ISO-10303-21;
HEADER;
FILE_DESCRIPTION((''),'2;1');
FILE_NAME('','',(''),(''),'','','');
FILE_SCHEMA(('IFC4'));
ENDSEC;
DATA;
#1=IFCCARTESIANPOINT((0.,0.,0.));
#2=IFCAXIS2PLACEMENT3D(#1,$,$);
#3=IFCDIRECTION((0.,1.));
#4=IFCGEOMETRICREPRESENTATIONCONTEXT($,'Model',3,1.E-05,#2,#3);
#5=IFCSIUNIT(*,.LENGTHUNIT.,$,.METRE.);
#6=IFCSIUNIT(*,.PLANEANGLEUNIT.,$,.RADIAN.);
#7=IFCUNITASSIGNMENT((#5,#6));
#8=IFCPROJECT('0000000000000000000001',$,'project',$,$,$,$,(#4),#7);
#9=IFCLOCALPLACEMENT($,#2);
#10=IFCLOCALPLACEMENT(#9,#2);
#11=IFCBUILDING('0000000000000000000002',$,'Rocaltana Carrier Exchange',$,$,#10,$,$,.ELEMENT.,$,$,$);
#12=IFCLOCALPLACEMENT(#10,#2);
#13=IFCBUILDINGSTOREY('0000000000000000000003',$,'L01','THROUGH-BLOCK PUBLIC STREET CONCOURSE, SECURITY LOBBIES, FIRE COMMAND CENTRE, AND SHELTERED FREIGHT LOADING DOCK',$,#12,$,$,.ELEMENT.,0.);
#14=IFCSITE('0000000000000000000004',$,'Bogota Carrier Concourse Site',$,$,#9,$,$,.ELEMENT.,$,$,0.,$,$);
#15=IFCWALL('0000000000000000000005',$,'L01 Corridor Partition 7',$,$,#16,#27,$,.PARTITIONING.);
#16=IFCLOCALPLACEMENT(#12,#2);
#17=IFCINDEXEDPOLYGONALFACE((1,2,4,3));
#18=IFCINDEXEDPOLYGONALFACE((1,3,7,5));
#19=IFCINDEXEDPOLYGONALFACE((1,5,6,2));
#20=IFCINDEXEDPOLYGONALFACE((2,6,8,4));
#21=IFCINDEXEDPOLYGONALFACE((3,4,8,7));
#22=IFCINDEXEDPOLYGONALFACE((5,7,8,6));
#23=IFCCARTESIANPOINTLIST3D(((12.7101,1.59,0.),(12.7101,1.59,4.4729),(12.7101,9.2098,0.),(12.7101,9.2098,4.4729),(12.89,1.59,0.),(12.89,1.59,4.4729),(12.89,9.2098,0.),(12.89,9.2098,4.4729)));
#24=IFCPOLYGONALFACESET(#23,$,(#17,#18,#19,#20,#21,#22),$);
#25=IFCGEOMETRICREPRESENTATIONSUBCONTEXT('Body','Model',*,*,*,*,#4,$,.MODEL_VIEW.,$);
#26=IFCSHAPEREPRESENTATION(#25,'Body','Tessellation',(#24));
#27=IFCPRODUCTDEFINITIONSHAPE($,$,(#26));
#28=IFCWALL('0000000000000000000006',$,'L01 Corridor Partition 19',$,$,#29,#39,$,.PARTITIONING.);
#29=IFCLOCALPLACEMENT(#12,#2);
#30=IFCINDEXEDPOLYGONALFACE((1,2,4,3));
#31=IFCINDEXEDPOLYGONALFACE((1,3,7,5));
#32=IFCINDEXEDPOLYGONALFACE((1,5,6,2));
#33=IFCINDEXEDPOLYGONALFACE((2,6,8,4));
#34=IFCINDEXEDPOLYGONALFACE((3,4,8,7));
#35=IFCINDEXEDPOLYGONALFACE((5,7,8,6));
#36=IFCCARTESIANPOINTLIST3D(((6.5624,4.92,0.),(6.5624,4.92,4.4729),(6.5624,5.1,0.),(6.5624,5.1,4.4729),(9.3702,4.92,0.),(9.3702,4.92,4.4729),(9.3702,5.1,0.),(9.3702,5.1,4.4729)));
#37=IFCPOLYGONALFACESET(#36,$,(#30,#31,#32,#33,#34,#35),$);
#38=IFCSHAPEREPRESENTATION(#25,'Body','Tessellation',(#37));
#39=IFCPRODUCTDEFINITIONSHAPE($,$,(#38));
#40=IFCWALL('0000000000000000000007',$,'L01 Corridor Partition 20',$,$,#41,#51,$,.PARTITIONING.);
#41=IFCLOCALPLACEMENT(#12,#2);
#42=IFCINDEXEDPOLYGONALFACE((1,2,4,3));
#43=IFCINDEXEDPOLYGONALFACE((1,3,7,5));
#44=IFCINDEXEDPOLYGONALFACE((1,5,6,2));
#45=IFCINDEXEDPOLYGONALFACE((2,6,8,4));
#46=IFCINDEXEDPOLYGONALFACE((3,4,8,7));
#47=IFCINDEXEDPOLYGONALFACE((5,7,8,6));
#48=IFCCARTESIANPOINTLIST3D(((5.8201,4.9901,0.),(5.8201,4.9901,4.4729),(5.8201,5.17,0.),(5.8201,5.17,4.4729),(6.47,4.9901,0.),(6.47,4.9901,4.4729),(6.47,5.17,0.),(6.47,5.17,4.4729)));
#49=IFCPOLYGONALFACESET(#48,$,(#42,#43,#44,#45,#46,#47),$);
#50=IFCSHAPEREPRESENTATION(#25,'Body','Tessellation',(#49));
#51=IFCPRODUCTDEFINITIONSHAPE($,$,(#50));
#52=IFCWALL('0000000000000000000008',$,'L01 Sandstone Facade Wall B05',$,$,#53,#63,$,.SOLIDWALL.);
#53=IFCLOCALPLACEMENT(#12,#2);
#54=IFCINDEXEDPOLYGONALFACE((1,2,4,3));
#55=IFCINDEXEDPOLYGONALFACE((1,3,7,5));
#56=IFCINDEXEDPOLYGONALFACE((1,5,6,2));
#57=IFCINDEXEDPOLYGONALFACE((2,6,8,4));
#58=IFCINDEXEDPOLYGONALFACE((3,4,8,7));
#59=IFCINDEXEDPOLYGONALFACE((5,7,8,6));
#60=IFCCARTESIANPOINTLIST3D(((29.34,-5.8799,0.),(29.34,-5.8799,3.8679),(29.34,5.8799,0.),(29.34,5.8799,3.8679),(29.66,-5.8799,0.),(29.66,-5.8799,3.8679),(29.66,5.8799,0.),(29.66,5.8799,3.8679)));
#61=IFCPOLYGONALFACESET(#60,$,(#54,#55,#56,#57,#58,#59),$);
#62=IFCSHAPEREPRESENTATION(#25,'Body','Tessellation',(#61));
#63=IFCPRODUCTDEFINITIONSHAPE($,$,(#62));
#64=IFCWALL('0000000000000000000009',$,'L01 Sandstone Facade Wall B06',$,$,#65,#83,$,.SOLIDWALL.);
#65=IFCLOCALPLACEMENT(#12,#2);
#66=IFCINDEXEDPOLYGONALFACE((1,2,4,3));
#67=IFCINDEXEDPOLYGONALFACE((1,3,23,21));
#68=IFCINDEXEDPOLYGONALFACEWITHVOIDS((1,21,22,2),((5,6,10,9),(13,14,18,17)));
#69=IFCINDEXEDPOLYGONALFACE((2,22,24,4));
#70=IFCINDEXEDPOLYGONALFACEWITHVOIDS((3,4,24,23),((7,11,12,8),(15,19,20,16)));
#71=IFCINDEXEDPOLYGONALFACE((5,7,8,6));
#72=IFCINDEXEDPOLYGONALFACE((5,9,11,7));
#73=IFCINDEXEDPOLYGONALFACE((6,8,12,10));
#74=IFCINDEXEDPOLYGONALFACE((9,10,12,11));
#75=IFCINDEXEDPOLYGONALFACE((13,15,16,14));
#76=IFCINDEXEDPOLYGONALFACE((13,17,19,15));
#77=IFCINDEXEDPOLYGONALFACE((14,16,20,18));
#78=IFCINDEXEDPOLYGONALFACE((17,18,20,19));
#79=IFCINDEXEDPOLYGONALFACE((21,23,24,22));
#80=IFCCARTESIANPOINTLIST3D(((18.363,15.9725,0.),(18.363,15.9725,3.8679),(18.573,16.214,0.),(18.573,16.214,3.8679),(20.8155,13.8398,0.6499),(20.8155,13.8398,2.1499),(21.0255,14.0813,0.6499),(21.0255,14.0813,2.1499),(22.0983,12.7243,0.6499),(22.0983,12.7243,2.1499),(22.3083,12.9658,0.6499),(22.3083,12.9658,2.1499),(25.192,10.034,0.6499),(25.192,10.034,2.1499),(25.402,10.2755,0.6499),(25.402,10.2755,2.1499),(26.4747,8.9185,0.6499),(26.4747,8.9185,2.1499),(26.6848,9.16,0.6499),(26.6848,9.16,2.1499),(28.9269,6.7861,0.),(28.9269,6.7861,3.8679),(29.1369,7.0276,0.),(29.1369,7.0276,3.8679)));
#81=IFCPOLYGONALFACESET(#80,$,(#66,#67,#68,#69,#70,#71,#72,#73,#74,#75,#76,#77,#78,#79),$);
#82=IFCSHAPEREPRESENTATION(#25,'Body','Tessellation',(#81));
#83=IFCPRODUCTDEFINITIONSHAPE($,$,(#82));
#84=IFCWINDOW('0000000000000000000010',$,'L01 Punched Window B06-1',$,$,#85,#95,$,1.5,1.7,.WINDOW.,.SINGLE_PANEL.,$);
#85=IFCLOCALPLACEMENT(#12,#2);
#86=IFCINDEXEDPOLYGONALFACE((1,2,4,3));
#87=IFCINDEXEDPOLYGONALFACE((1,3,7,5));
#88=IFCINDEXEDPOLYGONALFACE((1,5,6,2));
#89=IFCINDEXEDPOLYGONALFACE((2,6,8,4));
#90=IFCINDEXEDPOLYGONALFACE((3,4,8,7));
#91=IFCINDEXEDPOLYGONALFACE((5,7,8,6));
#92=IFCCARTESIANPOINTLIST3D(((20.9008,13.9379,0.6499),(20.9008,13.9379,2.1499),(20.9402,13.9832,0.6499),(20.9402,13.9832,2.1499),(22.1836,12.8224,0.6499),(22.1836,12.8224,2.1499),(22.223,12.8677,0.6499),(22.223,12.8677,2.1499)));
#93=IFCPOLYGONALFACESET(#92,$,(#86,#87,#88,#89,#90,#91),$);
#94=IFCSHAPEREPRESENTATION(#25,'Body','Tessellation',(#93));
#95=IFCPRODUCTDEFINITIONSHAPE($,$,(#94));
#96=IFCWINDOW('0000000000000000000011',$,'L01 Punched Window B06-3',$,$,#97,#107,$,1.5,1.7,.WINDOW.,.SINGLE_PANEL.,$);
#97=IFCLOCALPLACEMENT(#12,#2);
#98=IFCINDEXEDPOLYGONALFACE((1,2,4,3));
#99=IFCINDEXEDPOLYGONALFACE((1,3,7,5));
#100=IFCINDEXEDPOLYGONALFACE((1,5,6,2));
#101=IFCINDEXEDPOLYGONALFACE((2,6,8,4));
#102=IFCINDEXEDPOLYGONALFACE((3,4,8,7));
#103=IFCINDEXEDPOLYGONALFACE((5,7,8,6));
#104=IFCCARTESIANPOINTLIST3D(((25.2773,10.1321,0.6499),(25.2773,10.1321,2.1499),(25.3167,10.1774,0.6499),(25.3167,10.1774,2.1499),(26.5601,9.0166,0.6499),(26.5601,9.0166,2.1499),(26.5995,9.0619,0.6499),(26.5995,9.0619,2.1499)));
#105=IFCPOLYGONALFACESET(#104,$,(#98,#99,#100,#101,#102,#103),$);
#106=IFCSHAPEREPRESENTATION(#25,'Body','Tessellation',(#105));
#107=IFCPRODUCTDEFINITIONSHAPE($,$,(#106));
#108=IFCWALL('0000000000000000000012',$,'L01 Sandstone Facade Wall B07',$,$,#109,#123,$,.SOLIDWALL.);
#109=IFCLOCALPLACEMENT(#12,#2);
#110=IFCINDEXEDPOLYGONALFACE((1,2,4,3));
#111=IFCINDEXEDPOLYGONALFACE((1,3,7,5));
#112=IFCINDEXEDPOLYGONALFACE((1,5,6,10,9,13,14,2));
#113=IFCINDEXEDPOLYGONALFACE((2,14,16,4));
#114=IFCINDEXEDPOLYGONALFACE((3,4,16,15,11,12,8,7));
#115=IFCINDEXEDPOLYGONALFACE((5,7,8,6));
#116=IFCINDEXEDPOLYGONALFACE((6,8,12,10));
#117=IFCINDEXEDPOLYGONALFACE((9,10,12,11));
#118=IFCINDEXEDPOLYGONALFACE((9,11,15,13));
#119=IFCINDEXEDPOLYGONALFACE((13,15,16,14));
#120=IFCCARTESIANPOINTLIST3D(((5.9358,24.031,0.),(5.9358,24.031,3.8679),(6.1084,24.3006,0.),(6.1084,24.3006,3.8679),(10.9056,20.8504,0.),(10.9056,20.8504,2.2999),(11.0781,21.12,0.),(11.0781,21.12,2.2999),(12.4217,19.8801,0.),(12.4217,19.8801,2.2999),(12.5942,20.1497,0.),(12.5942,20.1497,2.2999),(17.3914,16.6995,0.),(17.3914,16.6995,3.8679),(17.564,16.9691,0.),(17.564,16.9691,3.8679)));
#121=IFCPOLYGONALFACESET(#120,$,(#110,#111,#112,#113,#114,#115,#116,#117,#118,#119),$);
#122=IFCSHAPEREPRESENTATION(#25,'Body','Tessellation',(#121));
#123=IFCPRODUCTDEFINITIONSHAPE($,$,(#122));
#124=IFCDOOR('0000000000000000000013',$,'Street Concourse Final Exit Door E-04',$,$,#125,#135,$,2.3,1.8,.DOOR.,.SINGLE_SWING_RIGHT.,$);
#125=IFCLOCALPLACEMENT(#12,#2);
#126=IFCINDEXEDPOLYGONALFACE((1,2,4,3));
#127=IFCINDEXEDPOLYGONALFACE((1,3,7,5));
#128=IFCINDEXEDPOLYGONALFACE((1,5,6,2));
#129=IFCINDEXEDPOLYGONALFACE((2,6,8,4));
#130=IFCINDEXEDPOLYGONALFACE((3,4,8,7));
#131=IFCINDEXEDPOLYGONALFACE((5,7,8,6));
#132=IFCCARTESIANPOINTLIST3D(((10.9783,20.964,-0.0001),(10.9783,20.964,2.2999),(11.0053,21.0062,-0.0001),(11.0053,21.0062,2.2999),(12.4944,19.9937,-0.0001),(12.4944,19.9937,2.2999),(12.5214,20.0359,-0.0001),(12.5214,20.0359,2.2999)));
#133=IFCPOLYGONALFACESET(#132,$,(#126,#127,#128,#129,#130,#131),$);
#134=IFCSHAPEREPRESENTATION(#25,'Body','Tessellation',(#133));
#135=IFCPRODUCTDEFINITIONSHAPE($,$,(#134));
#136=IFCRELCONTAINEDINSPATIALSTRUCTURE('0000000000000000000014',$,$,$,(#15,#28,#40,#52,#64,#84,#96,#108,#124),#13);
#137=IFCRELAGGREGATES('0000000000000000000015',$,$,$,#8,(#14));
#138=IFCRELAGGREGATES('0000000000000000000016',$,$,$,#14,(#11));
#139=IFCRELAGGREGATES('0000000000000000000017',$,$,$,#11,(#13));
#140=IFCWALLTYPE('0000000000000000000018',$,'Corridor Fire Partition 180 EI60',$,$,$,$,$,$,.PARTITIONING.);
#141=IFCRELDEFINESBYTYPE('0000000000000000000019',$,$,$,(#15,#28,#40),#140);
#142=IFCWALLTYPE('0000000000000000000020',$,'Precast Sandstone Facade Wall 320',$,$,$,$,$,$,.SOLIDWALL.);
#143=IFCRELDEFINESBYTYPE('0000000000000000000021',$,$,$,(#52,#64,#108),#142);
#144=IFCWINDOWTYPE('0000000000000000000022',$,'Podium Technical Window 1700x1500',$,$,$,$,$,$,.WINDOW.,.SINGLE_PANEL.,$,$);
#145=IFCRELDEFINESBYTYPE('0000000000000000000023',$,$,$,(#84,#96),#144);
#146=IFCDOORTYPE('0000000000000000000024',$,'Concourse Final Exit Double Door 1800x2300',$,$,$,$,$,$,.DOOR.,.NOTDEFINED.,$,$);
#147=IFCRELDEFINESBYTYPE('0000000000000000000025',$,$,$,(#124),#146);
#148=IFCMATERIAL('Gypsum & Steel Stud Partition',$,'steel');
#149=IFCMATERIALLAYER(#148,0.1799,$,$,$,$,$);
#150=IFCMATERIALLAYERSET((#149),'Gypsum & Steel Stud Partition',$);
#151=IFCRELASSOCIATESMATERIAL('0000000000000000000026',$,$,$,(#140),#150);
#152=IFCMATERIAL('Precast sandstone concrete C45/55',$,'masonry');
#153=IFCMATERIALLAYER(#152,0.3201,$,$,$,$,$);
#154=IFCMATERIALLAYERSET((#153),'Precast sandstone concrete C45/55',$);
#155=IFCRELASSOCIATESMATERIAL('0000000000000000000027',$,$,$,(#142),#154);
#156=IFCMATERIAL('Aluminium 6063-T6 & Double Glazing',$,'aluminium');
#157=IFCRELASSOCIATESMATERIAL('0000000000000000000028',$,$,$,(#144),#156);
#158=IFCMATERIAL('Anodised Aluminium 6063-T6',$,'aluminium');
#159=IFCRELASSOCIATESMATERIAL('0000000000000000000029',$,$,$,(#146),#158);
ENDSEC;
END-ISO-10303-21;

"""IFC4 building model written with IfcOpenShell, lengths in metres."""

from ifc_helpers import new_model, si_unit, direction, frame, frame_2d, origin, place, context, subcontext, project, spatial, rectangle, extrude, material, layer, layer_set, type_object, element, fill, save


model = new_model("IFC4")

# Units and contexts
model_context = context("Model", 3, precision=1e-05, world=origin(), true_north=direction((0.0, 1.0)))
body_context = subcontext(model_context, "Body", "Model", "MODEL_VIEW")
ifc_project = project(units=[si_unit("LENGTHUNIT", "METRE"), si_unit("PLANEANGLEUNIT", "RADIAN")], contexts=[model_context])

# Site, building, storey
site_placement = place(None, origin())
site = spatial("IfcSite", under=ifc_project, at=site_placement, Name="Bogota Carrier Concourse Site", CompositionType="ELEMENT", RefElevation=0.0)
building_placement = place(site_placement, origin())
building = spatial("IfcBuilding", under=site, at=building_placement, Name="Rocaltana Carrier Exchange", CompositionType="ELEMENT")
storey_placement = place(building_placement, origin())
storey = spatial("IfcBuildingStorey", under=building, at=storey_placement, Name="L01", Description="THROUGH-BLOCK PUBLIC STREET CONCOURSE, SECURITY LOBBIES, FIRE COMMAND CENTRE, AND SHELTERED FREIGHT LOADING DOCK", CompositionType="ELEMENT", Elevation=0.0)

# Walls
ifc_material_1 = material(Name="Gypsum & Steel Stud Partition", Category="steel")
ifc_layer_1 = layer(ifc_material_1, 0.1799)
ifc_layer_set_1 = layer_set([ifc_layer_1], Name="Gypsum & Steel Stud Partition")
wall_type_1 = type_object("IfcWallType", Name="Corridor Fire Partition 180 EI60", PredefinedType="PARTITIONING", material=ifc_layer_set_1)
wall_1_placement = place(storey_placement, frame((12.8, 9.21, 0.0), z_axis=(0.0, 0.0, 1.0), x_axis=(0.0, -1.0, 0.0)))
element("IfcWall", 1, at=wall_1_placement, inside=storey, type_object=wall_type_1, Name="L01 Corridor Partition 7", PredefinedType="PARTITIONING", context=body_context, shape_type="SweptSolid", body=[
    extrude(rectangle(XDim=7.6199, YDim=0.1799, at=frame_2d((3.8101, 0.0))), origin(), (0.0, 0.0, 1.0), 4.4729),
])
wall_2_placement = place(storey_placement, frame((9.3701, 5.01, 0.0), z_axis=(0.0, 0.0, 1.0), x_axis=(-1.0, 0.0, 0.0)))
element("IfcWall", 2, at=wall_2_placement, inside=storey, type_object=wall_type_1, Name="L01 Corridor Partition 19", PredefinedType="PARTITIONING", context=body_context, shape_type="SweptSolid", body=[
    extrude(rectangle(XDim=2.8079, YDim=0.1799, at=frame_2d((1.4038, 0.0))), origin(), (0.0, 0.0, 1.0), 4.4729),
])
wall_3_placement = place(storey_placement, frame((6.47, 5.0801, 0.0), z_axis=(0.0, 0.0, 1.0), x_axis=(-1.0, 0.0, 0.0)))
element("IfcWall", 3, at=wall_3_placement, inside=storey, type_object=wall_type_1, Name="L01 Corridor Partition 20", PredefinedType="PARTITIONING", context=body_context, shape_type="SweptSolid", body=[
    extrude(rectangle(XDim=0.6499, YDim=0.1799, at=frame_2d((0.325, 0.0))), origin(), (0.0, 0.0, 1.0), 4.4729),
])
ifc_material_2 = material(Name="Precast sandstone concrete C45/55", Category="masonry")
ifc_layer_2 = layer(ifc_material_2, 0.3201)
ifc_layer_set_2 = layer_set([ifc_layer_2], Name="Precast sandstone concrete C45/55")
wall_type_2 = type_object("IfcWallType", Name="Precast Sandstone Facade Wall 320", PredefinedType="SOLIDWALL", material=ifc_layer_set_2)
wall_4_placement = place(storey_placement, frame((29.5, 5.8799, 0.0), z_axis=(0.0, 0.0, 1.0), x_axis=(0.0, -1.0, 0.0)))
element("IfcWall", 4, at=wall_4_placement, inside=storey, type_object=wall_type_2, Name="L01 Sandstone Facade Wall B05", PredefinedType="SOLIDWALL", context=body_context, shape_type="SweptSolid", body=[
    extrude(rectangle(XDim=11.7598, YDim=0.3201, at=frame_2d((5.8799, 0.0))), origin(), (0.0, 0.0, 1.0), 3.8679),
])

# Wall, openings, windows
wall_5_placement = place(storey_placement, frame((18.468, 16.0933, 0.0), z_axis=(0.0, 0.0, 1.0), x_axis=(0.754589, -0.656198, 0.0)))
wall_5 = element("IfcWall", 5, at=wall_5_placement, inside=storey, type_object=wall_type_2, Name="L01 Sandstone Facade Wall B06", PredefinedType="SOLIDWALL", context=body_context, shape_type="SweptSolid", body=[
    extrude(rectangle(XDim=13.9995, YDim=0.3201, at=frame_2d((6.9998, 0.0))), origin(), (0.0, 0.0, 1.0), 3.8679),
])
opening_1_placement = place(wall_5_placement, frame((3.25, 0.0, 0.6499)))
opening_1 = element("IfcOpeningElement", 6, at=opening_1_placement, cuts=wall_5, PredefinedType="OPENING", context=body_context, shape_type="SweptSolid", body=[
    extrude(rectangle(XDim=1.7, YDim=1.5, at=frame_2d((0.8501, 0.75))), frame((0.0, 0.1699, 0.0), z_axis=(0.0, -1.0, 0.0), x_axis=(1.0, 0.0, 0.0)), (0.0, 0.0, 1.0), 0.3401),
])
opening_2_placement = place(wall_5_placement, frame((9.0498, 0.0, 0.6499)))
opening_2 = element("IfcOpeningElement", 7, at=opening_2_placement, cuts=wall_5, PredefinedType="OPENING", context=body_context, shape_type="SweptSolid", body=[
    extrude(rectangle(XDim=1.7, YDim=1.5, at=frame_2d((0.8501, 0.75))), frame((0.0, 0.1699, 0.0), z_axis=(0.0, -1.0, 0.0), x_axis=(1.0, 0.0, 0.0)), (0.0, 0.0, 1.0), 0.3401),
])
ifc_material_3 = material(Name="Aluminium 6063-T6 & Double Glazing", Category="aluminium")
window_type = type_object("IfcWindowType", Name="Podium Technical Window 1700x1500", PartitioningType="SINGLE_PANEL", PredefinedType="WINDOW", material=ifc_material_3)
window_1_placement = place(opening_1_placement, origin())
window_1 = element("IfcWindow", 8, at=window_1_placement, inside=storey, type_object=window_type, Name="L01 Punched Window B06-1", OverallHeight=1.5, OverallWidth=1.7, PartitioningType="SINGLE_PANEL", PredefinedType="WINDOW", context=body_context, shape_type="SweptSolid", body=[
    extrude(rectangle(XDim=1.7, YDim=1.5, at=frame_2d((0.8501, 0.75))), frame((0.0, 0.03, 0.0), z_axis=(0.0, -1.0, 0.0), x_axis=(1.0, 0.0, 0.0)), (0.0, 0.0, 1.0), 0.0601),
])
fill(opening_1, window_1)
window_2_placement = place(opening_2_placement, origin())
window_2 = element("IfcWindow", 9, at=window_2_placement, inside=storey, type_object=window_type, Name="L01 Punched Window B06-3", OverallHeight=1.5, OverallWidth=1.7, PartitioningType="SINGLE_PANEL", PredefinedType="WINDOW", context=body_context, shape_type="SweptSolid", body=[
    extrude(rectangle(XDim=1.7, YDim=1.5, at=frame_2d((0.8501, 0.75))), frame((0.0, 0.03, 0.0), z_axis=(0.0, -1.0, 0.0), x_axis=(1.0, 0.0, 0.0)), (0.0, 0.0, 1.0), 0.0601),
])
fill(opening_2, window_2)

# Wall, opening, door
wall_6_placement = place(storey_placement, frame((6.0222, 24.1658, 0.0), z_axis=(0.0, 0.0, 1.0), x_axis=(0.842272, -0.539053, 0.0)))
wall_6 = element("IfcWall", 10, at=wall_6_placement, inside=storey, type_object=wall_type_2, Name="L01 Sandstone Facade Wall B07", PredefinedType="SOLIDWALL", context=body_context, shape_type="SweptSolid", body=[
    extrude(rectangle(XDim=13.6008, YDim=0.3201, at=frame_2d((6.8003, 0.0))), origin(), (0.0, 0.0, 1.0), 3.8679),
])
opening_3_placement = place(wall_6_placement, frame((5.9004, 0.0, 0.0)))
opening_3 = element("IfcOpeningElement", 11, at=opening_3_placement, cuts=wall_6, PredefinedType="OPENING", context=body_context, shape_type="SweptSolid", body=[
    extrude(rectangle(XDim=1.8, YDim=2.3, at=frame_2d((0.8999, 1.1499))), frame((0.0, 0.1699, 0.0), z_axis=(0.0, -1.0, 0.0), x_axis=(1.0, 0.0, 0.0)), (0.0, 0.0, 1.0), 0.3401),
])
ifc_material_4 = material(Name="Anodised Aluminium 6063-T6", Category="aluminium")
door_type = type_object("IfcDoorType", Name="Concourse Final Exit Double Door 1800x2300", OperationType="NOTDEFINED", PredefinedType="DOOR", material=ifc_material_4)
door_placement = place(opening_3_placement, origin())
door = element("IfcDoor", 12, at=door_placement, inside=storey, type_object=door_type, Name="Street Concourse Final Exit Door E-04", OperationType="SINGLE_SWING_RIGHT", OverallHeight=2.3, OverallWidth=1.8, PredefinedType="DOOR", context=body_context, shape_type="SweptSolid", body=[
    extrude(rectangle(XDim=1.8, YDim=2.3, at=frame_2d((0.8999, 1.1499))), frame((0.0, 0.0249, 0.0), z_axis=(0.0, -1.0, 0.0), x_axis=(1.0, 0.0, 0.0)), (0.0, 0.0, 1.0), 0.05),
])
fill(opening_3, door)

save(model, "model.ifc")
